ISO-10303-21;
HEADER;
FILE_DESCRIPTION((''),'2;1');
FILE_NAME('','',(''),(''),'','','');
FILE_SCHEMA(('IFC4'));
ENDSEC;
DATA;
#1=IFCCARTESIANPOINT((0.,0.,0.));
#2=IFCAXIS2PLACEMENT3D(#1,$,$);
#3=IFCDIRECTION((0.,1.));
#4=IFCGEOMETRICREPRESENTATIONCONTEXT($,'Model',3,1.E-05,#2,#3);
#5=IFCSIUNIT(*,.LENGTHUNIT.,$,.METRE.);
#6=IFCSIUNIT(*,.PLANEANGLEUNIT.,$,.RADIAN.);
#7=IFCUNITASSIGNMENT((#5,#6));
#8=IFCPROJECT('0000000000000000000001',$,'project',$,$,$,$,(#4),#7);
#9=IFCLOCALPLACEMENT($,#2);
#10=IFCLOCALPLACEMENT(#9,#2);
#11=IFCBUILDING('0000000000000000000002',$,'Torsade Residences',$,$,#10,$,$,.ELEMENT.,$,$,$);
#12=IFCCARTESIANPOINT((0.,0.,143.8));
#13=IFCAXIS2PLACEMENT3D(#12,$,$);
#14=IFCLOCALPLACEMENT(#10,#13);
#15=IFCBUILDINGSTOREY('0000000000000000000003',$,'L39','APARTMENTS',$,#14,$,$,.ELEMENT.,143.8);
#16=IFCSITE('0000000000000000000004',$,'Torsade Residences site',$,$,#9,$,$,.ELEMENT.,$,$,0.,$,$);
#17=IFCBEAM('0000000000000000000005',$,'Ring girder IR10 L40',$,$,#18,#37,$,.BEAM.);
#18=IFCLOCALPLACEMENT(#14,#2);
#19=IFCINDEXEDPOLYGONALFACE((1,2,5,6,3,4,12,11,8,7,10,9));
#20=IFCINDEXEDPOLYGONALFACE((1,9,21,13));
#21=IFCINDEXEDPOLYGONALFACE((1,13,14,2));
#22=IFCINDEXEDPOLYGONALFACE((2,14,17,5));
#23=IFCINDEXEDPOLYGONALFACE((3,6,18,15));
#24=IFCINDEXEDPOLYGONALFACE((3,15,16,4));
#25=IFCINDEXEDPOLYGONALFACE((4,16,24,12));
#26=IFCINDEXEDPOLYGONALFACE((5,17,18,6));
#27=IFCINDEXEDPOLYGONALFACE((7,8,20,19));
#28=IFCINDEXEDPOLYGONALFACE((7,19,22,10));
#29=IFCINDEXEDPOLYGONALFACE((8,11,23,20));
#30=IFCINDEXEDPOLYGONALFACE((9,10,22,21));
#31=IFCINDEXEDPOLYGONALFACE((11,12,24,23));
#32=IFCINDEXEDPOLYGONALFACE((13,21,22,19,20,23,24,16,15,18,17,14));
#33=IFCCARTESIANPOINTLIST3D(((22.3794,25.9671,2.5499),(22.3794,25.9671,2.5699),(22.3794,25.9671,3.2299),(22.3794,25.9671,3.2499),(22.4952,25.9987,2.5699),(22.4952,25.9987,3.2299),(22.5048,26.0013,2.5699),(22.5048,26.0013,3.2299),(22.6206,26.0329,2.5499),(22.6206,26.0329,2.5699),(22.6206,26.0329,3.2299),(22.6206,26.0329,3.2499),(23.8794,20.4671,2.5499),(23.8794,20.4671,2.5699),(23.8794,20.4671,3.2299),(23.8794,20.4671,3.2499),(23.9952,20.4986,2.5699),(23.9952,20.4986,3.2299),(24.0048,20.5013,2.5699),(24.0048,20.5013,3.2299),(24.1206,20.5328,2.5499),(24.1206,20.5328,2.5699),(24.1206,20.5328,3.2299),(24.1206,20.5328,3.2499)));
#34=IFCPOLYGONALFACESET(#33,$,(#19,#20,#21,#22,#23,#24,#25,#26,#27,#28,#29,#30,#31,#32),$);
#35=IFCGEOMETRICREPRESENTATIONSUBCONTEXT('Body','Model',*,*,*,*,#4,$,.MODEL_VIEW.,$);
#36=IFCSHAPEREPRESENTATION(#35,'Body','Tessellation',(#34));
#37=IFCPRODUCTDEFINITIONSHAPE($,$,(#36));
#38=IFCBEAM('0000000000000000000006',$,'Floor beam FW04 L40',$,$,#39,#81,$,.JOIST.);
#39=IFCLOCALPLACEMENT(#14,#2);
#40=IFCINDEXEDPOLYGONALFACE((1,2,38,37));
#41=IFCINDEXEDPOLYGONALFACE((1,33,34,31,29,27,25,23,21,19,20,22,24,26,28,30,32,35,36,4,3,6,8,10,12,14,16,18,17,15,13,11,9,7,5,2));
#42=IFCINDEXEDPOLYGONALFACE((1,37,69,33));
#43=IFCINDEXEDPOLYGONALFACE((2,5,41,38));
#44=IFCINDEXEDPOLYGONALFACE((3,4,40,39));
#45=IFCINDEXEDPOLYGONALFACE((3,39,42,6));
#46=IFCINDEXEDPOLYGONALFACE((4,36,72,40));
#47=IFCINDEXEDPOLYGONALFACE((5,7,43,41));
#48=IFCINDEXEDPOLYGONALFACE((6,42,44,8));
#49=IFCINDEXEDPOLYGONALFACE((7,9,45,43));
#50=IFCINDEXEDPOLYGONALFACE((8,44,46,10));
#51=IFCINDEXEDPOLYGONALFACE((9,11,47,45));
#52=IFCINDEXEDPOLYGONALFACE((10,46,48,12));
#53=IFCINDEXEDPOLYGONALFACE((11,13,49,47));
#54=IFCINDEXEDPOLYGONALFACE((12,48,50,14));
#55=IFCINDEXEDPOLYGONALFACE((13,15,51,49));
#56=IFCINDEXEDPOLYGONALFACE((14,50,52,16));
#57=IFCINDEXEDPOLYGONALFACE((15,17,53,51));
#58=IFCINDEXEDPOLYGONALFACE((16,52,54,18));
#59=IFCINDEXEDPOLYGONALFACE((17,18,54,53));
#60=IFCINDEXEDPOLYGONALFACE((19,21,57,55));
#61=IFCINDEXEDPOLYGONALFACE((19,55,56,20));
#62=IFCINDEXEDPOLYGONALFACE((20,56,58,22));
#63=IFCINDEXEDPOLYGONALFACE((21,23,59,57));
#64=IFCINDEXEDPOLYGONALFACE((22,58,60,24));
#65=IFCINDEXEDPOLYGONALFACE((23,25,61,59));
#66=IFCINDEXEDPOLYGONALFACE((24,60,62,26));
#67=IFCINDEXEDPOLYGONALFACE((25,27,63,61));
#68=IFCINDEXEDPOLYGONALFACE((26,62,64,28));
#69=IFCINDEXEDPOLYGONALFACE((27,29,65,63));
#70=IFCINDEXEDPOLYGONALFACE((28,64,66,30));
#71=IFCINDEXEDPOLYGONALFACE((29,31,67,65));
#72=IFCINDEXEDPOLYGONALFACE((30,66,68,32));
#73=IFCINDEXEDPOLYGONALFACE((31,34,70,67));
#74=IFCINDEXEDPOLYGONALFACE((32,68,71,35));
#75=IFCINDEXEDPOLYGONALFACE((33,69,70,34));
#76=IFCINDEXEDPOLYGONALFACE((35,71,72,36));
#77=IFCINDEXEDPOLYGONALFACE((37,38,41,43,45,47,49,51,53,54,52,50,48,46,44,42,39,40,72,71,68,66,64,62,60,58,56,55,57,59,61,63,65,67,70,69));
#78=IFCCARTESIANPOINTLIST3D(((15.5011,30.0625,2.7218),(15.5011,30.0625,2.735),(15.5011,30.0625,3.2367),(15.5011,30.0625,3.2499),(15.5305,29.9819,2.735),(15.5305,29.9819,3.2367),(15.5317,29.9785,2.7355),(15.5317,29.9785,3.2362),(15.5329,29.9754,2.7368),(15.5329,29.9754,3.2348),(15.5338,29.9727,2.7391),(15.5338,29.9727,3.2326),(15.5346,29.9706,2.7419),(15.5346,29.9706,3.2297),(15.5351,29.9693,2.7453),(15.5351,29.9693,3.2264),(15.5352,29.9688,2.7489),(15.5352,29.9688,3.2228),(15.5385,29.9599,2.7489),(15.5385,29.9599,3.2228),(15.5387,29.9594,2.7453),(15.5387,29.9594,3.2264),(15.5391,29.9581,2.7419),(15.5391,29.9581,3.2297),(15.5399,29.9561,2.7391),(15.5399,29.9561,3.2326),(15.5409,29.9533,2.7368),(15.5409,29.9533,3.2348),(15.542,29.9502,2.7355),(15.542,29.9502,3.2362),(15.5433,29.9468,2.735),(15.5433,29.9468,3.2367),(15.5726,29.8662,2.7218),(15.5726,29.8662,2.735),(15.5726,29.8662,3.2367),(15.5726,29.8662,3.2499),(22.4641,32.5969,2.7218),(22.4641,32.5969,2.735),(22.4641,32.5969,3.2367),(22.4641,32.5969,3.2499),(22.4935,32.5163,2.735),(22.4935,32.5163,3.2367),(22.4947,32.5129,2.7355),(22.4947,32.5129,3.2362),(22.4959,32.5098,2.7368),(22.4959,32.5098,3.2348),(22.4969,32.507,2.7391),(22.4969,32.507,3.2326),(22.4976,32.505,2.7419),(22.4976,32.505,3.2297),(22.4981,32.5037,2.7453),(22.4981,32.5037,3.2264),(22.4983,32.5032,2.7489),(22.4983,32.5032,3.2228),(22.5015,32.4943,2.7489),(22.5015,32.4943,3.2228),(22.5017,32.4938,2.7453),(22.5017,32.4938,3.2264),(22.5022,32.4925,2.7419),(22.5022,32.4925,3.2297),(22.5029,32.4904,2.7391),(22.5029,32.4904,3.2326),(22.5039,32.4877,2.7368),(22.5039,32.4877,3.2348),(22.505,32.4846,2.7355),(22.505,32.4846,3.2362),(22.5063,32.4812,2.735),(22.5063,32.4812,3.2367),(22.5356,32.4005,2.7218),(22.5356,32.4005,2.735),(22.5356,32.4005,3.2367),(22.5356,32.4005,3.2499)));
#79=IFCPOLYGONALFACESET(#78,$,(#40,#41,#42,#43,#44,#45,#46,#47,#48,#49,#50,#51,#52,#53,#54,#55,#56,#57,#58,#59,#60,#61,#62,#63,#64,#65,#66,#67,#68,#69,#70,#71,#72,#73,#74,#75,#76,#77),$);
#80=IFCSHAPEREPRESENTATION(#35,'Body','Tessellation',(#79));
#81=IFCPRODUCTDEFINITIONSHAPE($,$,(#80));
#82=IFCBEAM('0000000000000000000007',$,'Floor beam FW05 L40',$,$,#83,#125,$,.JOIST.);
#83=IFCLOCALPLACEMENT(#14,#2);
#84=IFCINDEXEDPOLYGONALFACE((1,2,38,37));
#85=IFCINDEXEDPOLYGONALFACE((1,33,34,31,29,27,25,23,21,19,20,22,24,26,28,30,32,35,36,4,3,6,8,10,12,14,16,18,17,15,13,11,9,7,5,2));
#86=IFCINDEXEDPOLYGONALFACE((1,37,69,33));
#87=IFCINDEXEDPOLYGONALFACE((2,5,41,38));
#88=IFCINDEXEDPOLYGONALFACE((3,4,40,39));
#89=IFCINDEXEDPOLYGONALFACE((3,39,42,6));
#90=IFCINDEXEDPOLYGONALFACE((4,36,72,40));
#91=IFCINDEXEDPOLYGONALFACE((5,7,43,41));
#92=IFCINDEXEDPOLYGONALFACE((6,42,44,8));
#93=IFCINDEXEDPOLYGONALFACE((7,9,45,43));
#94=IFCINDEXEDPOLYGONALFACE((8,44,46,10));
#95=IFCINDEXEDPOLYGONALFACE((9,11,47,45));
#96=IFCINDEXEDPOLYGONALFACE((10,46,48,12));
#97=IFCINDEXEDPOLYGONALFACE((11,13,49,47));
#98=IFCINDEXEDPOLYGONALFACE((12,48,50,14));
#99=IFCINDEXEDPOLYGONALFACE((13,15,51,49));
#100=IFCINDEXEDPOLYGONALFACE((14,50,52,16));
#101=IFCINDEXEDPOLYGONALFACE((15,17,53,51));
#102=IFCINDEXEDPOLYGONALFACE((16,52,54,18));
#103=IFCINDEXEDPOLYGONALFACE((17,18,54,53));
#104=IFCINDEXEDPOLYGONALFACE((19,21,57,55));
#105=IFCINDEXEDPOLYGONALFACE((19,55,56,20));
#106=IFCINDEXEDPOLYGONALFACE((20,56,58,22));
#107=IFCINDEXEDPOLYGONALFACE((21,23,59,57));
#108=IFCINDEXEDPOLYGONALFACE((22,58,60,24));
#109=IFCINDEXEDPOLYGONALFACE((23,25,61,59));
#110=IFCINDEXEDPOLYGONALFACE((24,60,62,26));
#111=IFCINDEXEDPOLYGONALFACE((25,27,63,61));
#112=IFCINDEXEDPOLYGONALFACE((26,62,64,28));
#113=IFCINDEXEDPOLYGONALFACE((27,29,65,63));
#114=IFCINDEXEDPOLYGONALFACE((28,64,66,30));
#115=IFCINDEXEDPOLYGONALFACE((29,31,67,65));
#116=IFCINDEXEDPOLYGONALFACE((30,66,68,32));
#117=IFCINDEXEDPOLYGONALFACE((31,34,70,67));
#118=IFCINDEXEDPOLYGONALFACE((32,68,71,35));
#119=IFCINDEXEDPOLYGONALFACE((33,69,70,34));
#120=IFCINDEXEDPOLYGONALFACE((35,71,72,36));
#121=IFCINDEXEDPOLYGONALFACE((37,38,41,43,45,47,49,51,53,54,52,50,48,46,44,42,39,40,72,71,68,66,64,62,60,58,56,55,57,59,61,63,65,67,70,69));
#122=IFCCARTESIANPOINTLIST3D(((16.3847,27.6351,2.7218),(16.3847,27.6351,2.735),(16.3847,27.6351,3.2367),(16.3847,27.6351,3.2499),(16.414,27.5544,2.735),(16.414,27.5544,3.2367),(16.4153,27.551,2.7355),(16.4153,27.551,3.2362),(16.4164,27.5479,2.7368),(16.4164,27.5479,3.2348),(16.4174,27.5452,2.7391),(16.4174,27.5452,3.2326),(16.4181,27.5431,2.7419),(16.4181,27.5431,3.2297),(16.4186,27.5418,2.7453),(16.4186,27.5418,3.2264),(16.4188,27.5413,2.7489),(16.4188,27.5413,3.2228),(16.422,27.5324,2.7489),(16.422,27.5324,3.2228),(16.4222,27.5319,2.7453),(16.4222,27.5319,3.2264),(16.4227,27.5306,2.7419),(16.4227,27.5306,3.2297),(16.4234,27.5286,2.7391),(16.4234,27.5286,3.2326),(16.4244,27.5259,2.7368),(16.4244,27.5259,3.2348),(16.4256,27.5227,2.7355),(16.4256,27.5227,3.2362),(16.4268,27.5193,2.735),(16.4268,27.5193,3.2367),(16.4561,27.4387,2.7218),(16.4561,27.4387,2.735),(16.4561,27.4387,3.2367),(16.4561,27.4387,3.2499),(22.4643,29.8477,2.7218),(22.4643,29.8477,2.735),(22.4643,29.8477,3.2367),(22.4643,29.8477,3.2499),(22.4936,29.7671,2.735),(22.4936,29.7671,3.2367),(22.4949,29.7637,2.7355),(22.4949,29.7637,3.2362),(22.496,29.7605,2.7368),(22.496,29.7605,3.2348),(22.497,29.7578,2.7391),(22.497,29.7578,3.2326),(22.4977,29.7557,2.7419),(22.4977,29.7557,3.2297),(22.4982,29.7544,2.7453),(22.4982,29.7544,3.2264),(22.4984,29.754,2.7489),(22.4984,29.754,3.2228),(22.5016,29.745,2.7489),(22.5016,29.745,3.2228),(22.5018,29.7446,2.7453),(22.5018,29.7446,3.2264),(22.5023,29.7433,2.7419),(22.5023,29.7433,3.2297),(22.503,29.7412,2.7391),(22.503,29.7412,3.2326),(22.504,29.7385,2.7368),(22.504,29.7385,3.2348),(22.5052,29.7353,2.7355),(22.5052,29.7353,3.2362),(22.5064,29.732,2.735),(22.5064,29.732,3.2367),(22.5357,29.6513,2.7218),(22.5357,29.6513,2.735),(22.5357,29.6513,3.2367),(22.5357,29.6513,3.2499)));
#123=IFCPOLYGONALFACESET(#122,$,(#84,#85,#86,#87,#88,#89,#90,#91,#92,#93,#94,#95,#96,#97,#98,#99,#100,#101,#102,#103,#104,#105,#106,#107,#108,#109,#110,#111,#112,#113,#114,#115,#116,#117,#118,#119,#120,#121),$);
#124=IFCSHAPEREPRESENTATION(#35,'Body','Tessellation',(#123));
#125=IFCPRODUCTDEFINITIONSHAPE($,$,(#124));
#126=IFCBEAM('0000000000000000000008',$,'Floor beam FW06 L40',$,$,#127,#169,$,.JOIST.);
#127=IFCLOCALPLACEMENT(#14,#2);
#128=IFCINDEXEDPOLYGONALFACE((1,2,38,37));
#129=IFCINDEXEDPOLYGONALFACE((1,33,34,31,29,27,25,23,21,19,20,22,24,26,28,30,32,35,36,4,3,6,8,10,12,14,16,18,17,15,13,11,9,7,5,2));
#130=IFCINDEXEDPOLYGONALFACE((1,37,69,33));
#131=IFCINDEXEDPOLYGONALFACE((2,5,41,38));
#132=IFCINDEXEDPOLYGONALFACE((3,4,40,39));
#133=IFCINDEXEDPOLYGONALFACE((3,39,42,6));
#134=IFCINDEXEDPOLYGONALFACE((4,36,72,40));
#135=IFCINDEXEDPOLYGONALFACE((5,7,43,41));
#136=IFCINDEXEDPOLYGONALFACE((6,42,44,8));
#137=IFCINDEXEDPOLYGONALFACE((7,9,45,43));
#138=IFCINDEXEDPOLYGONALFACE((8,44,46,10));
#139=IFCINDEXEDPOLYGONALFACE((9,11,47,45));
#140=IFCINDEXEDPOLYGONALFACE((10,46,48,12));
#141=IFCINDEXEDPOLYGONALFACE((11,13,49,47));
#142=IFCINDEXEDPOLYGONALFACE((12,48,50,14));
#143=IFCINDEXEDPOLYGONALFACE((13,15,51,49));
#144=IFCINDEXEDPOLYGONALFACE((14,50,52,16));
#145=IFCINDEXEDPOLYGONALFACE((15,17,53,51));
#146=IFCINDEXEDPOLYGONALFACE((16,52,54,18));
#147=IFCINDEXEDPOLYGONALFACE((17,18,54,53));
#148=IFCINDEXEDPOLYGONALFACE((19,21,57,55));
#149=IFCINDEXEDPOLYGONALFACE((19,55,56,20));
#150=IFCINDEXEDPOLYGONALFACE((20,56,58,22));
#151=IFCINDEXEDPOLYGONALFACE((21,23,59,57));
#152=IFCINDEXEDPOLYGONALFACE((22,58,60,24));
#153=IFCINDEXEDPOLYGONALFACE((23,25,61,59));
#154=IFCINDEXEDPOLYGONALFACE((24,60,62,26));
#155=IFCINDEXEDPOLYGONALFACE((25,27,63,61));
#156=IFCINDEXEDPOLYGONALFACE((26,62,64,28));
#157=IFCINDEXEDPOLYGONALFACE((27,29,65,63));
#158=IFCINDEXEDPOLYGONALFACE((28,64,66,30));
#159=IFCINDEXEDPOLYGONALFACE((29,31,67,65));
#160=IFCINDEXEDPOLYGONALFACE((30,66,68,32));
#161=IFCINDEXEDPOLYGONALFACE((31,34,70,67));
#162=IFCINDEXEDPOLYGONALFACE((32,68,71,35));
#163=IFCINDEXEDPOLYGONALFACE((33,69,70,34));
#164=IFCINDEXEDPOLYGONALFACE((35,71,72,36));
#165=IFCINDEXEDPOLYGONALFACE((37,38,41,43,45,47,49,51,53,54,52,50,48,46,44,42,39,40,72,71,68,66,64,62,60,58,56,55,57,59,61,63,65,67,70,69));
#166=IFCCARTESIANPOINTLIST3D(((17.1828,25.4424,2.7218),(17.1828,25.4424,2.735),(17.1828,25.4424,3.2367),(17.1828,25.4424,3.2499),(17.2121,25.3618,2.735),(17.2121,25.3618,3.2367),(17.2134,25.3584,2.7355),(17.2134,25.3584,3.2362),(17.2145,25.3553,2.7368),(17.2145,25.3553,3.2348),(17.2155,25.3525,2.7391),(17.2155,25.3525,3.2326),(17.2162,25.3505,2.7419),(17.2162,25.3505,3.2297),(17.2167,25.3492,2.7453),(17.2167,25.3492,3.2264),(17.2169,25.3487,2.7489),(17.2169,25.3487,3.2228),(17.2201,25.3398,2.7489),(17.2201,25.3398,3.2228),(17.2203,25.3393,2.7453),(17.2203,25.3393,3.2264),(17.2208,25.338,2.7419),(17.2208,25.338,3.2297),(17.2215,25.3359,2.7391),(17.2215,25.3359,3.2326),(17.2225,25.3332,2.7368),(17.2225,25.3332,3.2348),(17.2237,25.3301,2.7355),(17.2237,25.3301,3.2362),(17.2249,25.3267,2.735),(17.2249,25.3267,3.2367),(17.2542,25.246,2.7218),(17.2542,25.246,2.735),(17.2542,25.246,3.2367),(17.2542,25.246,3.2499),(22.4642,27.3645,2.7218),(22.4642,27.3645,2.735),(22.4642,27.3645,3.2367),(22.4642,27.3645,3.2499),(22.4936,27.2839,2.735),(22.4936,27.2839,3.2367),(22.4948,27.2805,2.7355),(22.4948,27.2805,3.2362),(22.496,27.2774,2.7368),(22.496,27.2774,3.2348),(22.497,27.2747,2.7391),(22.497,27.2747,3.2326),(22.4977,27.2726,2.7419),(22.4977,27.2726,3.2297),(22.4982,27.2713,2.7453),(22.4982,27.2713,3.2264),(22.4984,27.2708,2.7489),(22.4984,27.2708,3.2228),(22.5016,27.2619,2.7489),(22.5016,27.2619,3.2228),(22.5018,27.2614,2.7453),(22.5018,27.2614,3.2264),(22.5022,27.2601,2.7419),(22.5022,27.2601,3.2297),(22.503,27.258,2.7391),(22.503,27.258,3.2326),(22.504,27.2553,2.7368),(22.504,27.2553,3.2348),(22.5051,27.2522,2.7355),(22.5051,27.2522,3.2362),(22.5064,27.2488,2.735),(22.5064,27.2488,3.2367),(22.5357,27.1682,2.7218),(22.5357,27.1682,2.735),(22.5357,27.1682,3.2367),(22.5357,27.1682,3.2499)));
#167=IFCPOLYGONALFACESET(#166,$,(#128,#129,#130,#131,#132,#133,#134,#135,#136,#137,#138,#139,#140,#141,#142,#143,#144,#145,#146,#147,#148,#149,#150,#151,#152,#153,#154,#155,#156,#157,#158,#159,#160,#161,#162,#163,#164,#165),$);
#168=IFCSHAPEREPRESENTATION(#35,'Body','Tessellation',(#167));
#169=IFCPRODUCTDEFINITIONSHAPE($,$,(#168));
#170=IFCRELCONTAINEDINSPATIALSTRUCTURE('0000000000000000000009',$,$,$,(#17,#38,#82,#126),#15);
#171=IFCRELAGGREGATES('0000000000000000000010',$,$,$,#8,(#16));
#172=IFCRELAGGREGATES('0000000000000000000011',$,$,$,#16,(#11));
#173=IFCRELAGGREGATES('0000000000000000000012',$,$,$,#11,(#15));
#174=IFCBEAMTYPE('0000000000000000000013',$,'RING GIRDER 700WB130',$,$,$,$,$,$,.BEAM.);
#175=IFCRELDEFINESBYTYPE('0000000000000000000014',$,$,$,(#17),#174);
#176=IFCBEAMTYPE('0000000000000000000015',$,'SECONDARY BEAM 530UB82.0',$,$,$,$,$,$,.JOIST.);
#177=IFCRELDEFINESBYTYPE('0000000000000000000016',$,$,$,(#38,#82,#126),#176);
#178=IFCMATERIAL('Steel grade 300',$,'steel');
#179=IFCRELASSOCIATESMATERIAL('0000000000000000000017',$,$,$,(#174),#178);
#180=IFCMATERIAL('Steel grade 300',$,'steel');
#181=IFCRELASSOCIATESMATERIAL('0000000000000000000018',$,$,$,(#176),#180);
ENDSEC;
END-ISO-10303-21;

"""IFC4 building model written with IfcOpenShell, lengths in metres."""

from ifc_helpers import new_model, si_unit, direction, frame, origin, origin_2d, place, context, subcontext, project, spatial, i_section, extrude, material, material_profile, profile_set, type_object, element, save


model = new_model("IFC4")

# Units and contexts
model_context = context("Model", 3, precision=1e-05, world=origin(), true_north=direction((0.0, 1.0)))
body_context = subcontext(model_context, "Body", "Model", "MODEL_VIEW")
ifc_project = project(units=[si_unit("LENGTHUNIT", "METRE"), si_unit("PLANEANGLEUNIT", "RADIAN")], contexts=[model_context])

# Site, building, storey
site_placement = place(None, origin())
site = spatial("IfcSite", under=ifc_project, at=site_placement, Name="Torsade Residences site", CompositionType="ELEMENT", RefElevation=0.0)
building_placement = place(site_placement, origin())
building = spatial("IfcBuilding", under=site, at=building_placement, Name="Torsade Residences", CompositionType="ELEMENT")
storey_placement = place(building_placement, frame((0.0, 0.0, 143.8)))
storey = spatial("IfcBuildingStorey", under=building, at=storey_placement, Name="L39", Description="APARTMENTS", CompositionType="ELEMENT", Elevation=143.8)

# Beams
ifc_material_1 = material(Name="Steel grade 300", Category="steel")
ifc_material_profile_1 = material_profile(ifc_material_1, i_section(OverallWidth=0.25, OverallDepth=0.7, WebThickness=0.01, FlangeThickness=0.02, at=origin_2d()), Name="700WB130")
ifc_profile_set_1 = profile_set([ifc_material_profile_1], Name="Steel grade 300")
beam_type_1 = type_object("IfcBeamType", Name="RING GIRDER 700WB130", PredefinedType="BEAM", material=ifc_profile_set_1)
beam_1_placement = place(storey_placement, frame((22.5, 26.0, 2.8999), z_axis=(0.263117, -0.964764, 0.0), x_axis=(0.964764, 0.263117, 0.0)))
element("IfcBeam", 1, at=beam_1_placement, inside=storey, type_object=beam_type_1, Name="Ring girder IR10 L40", PredefinedType="BEAM", context=body_context, shape_type="SweptSolid", body=[
    extrude(i_section(OverallWidth=0.25, OverallDepth=0.7, WebThickness=0.01, FlangeThickness=0.02, at=origin_2d()), origin(), (0.0, 0.0, 1.0), 5.7009),
])
ifc_material_2 = material(Name="Steel grade 300", Category="steel")
ifc_material_profile_2 = material_profile(ifc_material_2, i_section(OverallWidth=0.209, OverallDepth=0.5281, WebThickness=0.0095, FlangeThickness=0.0132, FilletRadius=0.0139, at=origin_2d()), Name="530UB82.0")
ifc_profile_set_2 = profile_set([ifc_material_profile_2], Name="Steel grade 300")
beam_type_2 = type_object("IfcBeamType", Name="SECONDARY BEAM 530UB82.0", PredefinedType="JOIST", material=ifc_profile_set_2)
beam_2_placement = place(storey_placement, frame((15.5369, 29.9644, 2.9858), z_axis=(0.93969, 0.342026, 0.0), x_axis=(-0.342026, 0.93969, 0.0)))
element("IfcBeam", 2, at=beam_2_placement, inside=storey, type_object=beam_type_2, Name="Floor beam FW04 L40", PredefinedType="JOIST", context=body_context, shape_type="SweptSolid", body=[
    extrude(i_section(OverallWidth=0.209, OverallDepth=0.5281, WebThickness=0.0095, FlangeThickness=0.0132, FilletRadius=0.0139, at=origin_2d()), origin(), (0.0, 0.0, 1.0), 7.4099),
])
beam_3_placement = place(storey_placement, frame((16.4204, 27.5369, 2.9858), z_axis=(0.9397, 0.342001, 0.0), x_axis=(-0.342001, 0.9397, 0.0)))
element("IfcBeam", 3, at=beam_3_placement, inside=storey, type_object=beam_type_2, Name="Floor beam FW05 L40", PredefinedType="JOIST", context=body_context, shape_type="SweptSolid", body=[
    extrude(i_section(OverallWidth=0.209, OverallDepth=0.5281, WebThickness=0.0095, FlangeThickness=0.0132, FilletRadius=0.0139, at=origin_2d()), origin(), (0.0, 0.0, 1.0), 6.4697),
])
beam_4_placement = place(storey_placement, frame((17.2185, 25.3442, 2.9858), z_axis=(0.939703, 0.341991, 0.0), x_axis=(-0.341991, 0.939703, 0.0)))
element("IfcBeam", 4, at=beam_4_placement, inside=storey, type_object=beam_type_2, Name="Floor beam FW06 L40", PredefinedType="JOIST", context=body_context, shape_type="SweptSolid", body=[
    extrude(i_section(OverallWidth=0.209, OverallDepth=0.5281, WebThickness=0.0095, FlangeThickness=0.0132, FilletRadius=0.0139, at=origin_2d()), origin(), (0.0, 0.0, 1.0), 5.6204),
])

save(model, "model.ifc")
